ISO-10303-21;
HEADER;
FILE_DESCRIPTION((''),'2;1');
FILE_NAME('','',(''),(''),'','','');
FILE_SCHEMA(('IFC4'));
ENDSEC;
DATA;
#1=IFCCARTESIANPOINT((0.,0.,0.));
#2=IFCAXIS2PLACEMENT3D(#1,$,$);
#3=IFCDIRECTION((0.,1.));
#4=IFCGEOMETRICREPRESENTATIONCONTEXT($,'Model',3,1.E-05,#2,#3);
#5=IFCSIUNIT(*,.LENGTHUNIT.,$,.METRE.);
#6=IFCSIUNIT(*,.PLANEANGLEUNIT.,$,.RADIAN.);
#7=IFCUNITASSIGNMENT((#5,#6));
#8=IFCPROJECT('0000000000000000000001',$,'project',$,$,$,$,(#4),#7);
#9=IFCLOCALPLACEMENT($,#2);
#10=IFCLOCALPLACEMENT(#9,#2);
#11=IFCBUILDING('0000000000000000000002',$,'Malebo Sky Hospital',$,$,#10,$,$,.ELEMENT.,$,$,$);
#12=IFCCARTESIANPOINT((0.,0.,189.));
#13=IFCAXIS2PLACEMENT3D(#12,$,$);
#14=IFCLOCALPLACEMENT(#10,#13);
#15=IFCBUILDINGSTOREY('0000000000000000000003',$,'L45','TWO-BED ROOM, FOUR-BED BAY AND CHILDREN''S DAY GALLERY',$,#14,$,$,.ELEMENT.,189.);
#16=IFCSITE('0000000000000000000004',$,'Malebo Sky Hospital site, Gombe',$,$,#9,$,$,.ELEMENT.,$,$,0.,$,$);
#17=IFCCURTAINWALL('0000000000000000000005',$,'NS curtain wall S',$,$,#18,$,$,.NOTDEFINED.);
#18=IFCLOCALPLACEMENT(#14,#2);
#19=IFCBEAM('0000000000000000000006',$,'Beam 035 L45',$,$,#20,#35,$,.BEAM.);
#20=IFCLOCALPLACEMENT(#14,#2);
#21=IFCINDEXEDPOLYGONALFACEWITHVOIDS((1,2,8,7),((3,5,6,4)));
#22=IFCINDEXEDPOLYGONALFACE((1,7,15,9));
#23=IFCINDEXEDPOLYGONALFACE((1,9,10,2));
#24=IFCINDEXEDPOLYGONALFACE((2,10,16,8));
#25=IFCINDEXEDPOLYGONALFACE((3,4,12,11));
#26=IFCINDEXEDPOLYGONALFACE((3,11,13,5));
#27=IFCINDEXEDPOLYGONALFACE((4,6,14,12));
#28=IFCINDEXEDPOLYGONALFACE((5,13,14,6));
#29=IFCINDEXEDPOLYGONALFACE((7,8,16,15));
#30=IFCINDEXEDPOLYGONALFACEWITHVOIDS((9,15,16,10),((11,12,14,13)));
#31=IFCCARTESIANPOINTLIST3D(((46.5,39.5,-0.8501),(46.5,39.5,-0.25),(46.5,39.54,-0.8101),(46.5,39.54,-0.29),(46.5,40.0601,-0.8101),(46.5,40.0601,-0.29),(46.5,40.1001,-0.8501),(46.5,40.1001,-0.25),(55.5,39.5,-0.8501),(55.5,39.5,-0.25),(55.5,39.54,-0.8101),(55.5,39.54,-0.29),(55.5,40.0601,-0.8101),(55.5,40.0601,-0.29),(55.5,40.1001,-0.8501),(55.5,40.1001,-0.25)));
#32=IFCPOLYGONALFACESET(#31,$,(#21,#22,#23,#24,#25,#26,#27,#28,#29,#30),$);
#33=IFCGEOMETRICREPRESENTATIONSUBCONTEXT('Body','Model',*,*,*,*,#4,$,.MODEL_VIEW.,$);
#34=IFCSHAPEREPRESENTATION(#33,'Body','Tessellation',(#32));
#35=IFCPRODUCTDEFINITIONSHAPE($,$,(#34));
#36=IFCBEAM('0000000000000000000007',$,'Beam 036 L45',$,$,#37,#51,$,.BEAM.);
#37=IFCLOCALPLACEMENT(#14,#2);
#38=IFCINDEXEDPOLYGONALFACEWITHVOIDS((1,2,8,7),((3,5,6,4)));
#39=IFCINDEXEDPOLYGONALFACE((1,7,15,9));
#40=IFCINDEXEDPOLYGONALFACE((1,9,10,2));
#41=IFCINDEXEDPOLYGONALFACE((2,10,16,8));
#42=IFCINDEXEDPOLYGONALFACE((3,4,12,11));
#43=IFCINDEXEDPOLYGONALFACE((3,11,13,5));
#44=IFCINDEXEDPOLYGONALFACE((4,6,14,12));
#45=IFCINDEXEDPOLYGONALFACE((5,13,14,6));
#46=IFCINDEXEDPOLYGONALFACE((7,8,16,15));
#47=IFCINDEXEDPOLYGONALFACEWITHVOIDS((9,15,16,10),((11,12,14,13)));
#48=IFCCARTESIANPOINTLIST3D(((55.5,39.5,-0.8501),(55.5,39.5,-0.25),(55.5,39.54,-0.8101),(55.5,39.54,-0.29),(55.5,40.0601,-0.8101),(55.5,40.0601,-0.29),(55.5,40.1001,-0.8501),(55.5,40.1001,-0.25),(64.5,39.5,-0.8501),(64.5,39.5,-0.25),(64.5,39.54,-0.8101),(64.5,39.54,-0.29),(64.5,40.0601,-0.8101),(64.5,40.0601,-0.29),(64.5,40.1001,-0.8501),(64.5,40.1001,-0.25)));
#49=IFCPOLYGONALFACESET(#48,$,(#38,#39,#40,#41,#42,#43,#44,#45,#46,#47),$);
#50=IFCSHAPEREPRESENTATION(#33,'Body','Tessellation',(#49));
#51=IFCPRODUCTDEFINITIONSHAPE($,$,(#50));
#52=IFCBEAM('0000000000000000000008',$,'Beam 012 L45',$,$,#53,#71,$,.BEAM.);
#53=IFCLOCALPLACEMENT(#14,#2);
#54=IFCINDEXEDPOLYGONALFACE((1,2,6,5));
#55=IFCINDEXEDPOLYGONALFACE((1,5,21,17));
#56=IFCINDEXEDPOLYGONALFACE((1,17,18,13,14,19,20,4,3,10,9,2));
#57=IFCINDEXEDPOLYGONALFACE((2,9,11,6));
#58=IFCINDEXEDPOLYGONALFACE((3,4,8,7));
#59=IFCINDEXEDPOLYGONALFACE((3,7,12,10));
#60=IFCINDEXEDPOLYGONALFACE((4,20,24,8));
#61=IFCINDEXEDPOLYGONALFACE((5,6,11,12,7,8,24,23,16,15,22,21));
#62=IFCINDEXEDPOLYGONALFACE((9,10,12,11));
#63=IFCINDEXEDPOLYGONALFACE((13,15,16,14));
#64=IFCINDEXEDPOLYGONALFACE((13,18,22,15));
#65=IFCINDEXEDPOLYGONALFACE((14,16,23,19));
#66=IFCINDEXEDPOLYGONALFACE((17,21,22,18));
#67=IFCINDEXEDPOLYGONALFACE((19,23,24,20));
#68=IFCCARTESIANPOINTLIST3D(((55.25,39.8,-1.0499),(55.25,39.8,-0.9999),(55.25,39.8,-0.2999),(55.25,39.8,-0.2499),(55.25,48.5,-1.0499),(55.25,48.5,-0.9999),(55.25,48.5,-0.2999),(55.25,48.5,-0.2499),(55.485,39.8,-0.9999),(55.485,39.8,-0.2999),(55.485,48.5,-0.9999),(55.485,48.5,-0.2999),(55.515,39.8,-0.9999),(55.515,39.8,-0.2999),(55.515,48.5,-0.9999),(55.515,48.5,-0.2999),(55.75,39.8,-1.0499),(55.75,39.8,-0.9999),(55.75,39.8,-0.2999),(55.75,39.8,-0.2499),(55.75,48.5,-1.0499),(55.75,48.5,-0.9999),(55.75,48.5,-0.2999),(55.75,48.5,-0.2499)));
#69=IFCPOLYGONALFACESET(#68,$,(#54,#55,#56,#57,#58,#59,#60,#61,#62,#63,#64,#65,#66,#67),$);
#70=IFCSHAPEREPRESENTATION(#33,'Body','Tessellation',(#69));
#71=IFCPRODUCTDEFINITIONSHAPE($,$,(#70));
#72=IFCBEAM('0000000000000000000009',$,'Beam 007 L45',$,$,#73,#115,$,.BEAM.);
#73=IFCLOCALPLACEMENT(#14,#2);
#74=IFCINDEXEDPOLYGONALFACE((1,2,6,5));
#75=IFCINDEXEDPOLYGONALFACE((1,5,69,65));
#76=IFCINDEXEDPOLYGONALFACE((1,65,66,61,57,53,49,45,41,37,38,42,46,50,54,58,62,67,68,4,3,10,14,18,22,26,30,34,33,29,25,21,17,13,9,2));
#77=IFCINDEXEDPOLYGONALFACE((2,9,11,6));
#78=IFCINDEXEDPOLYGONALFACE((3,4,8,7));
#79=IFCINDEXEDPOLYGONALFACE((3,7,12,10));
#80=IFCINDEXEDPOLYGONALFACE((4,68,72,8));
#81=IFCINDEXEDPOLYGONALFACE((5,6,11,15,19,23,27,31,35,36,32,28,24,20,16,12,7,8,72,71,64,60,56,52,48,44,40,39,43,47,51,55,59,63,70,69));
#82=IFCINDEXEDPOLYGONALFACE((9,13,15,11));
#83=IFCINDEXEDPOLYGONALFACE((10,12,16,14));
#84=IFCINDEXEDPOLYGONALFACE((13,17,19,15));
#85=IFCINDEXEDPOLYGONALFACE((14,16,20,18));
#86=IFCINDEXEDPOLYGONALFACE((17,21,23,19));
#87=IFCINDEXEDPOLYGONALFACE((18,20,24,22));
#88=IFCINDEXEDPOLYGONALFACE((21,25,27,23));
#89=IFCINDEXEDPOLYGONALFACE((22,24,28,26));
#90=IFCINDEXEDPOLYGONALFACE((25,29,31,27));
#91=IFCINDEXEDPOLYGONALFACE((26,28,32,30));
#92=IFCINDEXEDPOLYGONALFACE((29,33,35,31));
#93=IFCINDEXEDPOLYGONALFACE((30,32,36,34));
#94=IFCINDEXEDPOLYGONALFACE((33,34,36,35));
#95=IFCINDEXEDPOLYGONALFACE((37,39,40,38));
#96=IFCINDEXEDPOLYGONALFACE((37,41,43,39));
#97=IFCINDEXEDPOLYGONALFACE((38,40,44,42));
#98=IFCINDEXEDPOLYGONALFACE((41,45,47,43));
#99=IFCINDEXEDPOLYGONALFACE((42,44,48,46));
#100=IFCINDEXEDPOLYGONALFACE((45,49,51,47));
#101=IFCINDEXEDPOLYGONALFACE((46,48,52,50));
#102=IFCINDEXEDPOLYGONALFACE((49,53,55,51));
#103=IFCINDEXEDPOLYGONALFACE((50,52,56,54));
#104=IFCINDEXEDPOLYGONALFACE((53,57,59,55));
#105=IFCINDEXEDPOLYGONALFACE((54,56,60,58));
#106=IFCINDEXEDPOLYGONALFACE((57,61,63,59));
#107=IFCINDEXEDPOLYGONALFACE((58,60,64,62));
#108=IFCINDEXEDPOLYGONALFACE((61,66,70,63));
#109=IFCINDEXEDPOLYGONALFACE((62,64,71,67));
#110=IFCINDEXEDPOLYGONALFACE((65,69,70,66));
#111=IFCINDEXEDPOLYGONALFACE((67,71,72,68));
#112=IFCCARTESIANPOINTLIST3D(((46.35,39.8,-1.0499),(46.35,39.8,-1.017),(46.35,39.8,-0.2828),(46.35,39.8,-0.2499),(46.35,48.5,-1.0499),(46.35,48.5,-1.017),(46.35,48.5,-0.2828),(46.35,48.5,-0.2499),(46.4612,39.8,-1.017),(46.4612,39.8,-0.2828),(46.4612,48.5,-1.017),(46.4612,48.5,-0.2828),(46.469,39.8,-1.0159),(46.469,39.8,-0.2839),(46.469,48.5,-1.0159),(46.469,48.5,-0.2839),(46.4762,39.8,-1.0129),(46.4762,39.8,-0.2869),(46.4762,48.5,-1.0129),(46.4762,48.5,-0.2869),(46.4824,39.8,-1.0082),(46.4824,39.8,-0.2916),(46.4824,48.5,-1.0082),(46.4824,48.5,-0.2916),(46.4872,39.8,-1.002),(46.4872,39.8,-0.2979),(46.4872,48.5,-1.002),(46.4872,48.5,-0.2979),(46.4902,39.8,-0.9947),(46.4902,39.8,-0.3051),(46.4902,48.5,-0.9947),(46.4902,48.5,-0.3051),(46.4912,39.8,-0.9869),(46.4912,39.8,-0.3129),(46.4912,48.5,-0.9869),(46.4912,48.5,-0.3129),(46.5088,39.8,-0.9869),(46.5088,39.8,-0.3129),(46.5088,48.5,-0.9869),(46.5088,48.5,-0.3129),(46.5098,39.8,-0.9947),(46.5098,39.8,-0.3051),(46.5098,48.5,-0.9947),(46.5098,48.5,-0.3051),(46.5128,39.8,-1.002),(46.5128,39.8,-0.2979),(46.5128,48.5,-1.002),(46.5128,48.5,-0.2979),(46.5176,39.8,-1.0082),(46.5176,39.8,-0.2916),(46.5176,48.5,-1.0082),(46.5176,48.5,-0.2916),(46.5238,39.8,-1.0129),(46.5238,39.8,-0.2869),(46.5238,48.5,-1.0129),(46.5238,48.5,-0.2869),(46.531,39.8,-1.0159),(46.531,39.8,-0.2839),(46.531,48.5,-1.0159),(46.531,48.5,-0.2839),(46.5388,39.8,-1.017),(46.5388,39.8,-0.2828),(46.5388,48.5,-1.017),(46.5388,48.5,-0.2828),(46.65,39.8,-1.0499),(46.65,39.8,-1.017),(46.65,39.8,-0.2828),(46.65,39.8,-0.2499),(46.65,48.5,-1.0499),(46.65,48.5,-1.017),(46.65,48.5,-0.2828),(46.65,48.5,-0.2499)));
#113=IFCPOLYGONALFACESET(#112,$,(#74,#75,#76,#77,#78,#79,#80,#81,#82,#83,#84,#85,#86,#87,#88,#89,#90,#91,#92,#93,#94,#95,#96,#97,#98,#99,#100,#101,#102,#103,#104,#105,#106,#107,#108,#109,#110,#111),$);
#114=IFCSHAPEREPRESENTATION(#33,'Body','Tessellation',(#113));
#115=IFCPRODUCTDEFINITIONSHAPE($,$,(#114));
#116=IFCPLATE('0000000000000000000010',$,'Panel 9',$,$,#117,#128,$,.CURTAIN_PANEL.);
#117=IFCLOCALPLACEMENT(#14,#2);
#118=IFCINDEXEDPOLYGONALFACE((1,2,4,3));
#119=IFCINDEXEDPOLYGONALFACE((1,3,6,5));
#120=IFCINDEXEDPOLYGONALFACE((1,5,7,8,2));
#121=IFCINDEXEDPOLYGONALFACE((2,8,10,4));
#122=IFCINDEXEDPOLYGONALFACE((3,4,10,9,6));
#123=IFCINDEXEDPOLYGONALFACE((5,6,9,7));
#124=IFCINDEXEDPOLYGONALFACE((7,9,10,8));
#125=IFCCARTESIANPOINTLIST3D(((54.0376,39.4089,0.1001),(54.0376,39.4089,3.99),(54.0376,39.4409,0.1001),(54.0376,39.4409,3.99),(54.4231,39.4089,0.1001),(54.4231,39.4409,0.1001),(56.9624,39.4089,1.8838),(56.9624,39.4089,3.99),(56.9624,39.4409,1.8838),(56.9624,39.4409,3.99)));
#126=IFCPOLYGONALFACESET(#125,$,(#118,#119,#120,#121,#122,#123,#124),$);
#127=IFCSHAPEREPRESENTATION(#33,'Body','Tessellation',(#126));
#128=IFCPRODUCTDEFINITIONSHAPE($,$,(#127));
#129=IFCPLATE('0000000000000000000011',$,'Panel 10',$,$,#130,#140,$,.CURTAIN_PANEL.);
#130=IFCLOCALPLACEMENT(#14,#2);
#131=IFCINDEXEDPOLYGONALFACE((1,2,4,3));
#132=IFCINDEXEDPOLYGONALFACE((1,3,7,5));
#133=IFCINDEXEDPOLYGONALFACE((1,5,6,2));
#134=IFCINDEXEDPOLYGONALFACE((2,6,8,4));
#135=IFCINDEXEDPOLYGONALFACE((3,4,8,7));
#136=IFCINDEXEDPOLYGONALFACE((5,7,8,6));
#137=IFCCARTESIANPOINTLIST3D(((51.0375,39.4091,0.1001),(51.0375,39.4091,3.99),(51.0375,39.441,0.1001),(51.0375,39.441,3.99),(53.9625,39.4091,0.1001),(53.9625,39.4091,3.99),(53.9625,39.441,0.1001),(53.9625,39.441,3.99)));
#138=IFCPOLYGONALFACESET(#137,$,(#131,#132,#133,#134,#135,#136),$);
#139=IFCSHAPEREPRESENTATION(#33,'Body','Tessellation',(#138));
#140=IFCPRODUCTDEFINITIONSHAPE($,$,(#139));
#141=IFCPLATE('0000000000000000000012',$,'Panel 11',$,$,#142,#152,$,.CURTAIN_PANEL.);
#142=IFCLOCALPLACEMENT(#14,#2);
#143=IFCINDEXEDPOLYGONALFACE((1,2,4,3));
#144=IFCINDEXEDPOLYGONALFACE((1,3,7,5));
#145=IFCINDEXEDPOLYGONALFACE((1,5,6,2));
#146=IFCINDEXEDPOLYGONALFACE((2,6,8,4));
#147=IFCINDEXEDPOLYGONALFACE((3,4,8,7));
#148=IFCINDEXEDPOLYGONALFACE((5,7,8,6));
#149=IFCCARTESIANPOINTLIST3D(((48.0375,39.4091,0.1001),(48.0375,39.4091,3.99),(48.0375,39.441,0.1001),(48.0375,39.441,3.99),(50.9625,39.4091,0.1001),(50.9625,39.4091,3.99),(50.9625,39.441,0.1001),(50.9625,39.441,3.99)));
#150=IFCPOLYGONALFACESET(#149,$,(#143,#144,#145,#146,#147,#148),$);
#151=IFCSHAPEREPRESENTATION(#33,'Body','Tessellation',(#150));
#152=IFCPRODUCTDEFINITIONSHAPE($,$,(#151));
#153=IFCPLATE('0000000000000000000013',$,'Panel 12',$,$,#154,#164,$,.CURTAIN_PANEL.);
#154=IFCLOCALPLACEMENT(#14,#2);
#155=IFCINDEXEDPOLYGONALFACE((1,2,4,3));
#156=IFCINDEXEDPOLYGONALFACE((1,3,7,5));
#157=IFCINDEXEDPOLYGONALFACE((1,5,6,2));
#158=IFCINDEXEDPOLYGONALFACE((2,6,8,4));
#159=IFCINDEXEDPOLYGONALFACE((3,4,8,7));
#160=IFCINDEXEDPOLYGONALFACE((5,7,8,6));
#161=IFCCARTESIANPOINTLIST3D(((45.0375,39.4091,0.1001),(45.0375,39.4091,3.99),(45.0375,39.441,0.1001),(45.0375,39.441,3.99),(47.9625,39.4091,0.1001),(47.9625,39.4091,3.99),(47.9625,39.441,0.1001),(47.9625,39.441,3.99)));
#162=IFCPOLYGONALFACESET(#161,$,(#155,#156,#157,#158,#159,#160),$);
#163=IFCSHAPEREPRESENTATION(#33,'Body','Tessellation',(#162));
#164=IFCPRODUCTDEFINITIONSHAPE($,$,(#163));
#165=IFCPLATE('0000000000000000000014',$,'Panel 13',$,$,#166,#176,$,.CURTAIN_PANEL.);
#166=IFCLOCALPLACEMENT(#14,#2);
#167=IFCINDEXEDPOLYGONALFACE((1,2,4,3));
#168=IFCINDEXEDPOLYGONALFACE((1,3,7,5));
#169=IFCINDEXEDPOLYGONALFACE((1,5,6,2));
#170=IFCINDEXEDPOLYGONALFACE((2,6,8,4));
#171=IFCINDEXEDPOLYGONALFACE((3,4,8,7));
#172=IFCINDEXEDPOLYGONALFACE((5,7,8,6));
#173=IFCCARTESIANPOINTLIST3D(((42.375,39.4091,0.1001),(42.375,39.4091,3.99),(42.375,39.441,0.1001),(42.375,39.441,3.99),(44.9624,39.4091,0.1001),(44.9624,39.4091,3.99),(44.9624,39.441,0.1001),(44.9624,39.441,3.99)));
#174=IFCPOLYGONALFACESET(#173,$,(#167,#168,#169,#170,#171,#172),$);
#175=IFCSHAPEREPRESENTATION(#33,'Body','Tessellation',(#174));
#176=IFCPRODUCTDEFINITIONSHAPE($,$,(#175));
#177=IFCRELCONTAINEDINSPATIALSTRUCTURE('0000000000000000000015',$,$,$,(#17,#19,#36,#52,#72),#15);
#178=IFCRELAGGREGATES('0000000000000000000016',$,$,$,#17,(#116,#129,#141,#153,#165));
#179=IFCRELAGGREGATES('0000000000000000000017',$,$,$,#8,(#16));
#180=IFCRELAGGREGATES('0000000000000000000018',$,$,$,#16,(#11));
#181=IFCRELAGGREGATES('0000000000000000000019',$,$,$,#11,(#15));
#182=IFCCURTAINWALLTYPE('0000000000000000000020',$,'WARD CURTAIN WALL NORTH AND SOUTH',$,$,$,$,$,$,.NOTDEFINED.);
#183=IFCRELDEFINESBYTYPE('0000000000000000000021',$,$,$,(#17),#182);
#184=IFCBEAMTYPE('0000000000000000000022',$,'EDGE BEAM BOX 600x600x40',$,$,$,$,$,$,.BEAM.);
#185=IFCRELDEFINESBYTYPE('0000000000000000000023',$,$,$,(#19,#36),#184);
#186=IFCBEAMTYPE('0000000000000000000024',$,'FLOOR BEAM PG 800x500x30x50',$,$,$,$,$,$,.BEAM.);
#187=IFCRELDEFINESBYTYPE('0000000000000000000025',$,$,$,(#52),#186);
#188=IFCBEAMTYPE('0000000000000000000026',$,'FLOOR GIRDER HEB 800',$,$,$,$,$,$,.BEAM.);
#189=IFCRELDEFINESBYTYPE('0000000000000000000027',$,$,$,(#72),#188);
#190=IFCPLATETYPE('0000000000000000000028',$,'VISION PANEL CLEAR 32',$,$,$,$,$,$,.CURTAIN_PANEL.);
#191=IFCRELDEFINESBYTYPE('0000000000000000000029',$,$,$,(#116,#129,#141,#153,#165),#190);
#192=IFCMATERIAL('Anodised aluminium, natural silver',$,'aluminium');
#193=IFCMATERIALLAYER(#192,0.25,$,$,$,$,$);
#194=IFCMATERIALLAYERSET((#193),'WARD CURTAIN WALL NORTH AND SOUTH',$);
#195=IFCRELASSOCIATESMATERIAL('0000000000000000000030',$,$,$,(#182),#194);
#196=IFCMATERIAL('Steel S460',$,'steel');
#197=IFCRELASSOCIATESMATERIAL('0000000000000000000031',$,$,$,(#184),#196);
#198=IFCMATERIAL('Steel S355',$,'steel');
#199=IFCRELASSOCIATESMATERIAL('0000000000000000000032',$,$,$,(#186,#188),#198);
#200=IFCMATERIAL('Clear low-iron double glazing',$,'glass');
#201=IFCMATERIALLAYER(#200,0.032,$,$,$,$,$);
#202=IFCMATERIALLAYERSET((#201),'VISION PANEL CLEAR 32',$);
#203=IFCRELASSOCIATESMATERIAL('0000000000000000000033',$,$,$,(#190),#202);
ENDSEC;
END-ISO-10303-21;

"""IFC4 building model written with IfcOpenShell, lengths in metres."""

from ifc_helpers import new_model, si_unit, direction, frame, origin, origin_2d, place, context, subcontext, project, spatial, polyline, rectangle, hollow_rectangle, i_section, outline, extrude, material, layer, layer_set, material_profile, profile_set, type_object, element, aggregate, save


model = new_model("IFC4")

# Units and contexts
model_context = context("Model", 3, precision=1e-05, world=origin(), true_north=direction((0.0, 1.0)))
body_context = subcontext(model_context, "Body", "Model", "MODEL_VIEW")
ifc_project = project(units=[si_unit("LENGTHUNIT", "METRE"), si_unit("PLANEANGLEUNIT", "RADIAN")], contexts=[model_context])

# Site, building, storey
site_placement = place(None, origin())
site = spatial("IfcSite", under=ifc_project, at=site_placement, Name="Malebo Sky Hospital site, Gombe", CompositionType="ELEMENT", RefElevation=0.0)
building_placement = place(site_placement, origin())
building = spatial("IfcBuilding", under=site, at=building_placement, Name="Malebo Sky Hospital", CompositionType="ELEMENT")
storey_placement = place(building_placement, frame((0.0, 0.0, 189.0)))
storey = spatial("IfcBuildingStorey", under=building, at=storey_placement, Name="L45", Description="TWO-BED ROOM, FOUR-BED BAY AND CHILDREN'S DAY GALLERY", CompositionType="ELEMENT", Elevation=189.0)

# Shared definitions
ifc_material_1 = material(Name="Steel S460", Category="steel")

# Curtain wall
ifc_material_2 = material(Name="Anodised aluminium, natural silver", Category="aluminium")
ifc_layer_1 = layer(ifc_material_2, 0.25)
ifc_layer_set_1 = layer_set([ifc_layer_1], Name="WARD CURTAIN WALL NORTH AND SOUTH")
curtain_wall_type = type_object("IfcCurtainWallType", Name="WARD CURTAIN WALL NORTH AND SOUTH", PredefinedType="NOTDEFINED", material=ifc_layer_set_1)
curtain_wall_placement = place(storey_placement, origin())
curtain_wall = element("IfcCurtainWall", 1, at=curtain_wall_placement, inside=storey, type_object=curtain_wall_type, Name="NS curtain wall S", PredefinedType="NOTDEFINED")

# Shared definitions
ifc_material_3 = material(Name="Steel S355", Category="steel")

# Beams
ifc_material_profile_1 = material_profile(ifc_material_1, hollow_rectangle(XDim=0.6001, YDim=0.6001, WallThickness=0.04, at=origin_2d()), Name="BOX 600x600x40")
ifc_profile_set_1 = profile_set([ifc_material_profile_1], Name="Steel S460")
beam_type_1 = type_object("IfcBeamType", Name="EDGE BEAM BOX 600x600x40", PredefinedType="BEAM", material=ifc_profile_set_1)
for number, where, z_axis, x_axis, name in (
    (2, (46.5, 39.8, -0.55), (1.0, 0.0, 0.0), (0.0, 1.0, 0.0), "Beam 035 L45"),
    (3, (55.5, 39.8, -0.55), (1.0, 0.0, 0.0), (0.0, 1.0, 0.0), "Beam 036 L45"),
):
    element("IfcBeam", number, at=place(storey_placement, frame(where, z_axis=z_axis, x_axis=x_axis)), inside=storey, type_object=beam_type_1, Name=name, PredefinedType="BEAM", context=body_context, shape_type="SweptSolid", body=[
        extrude(hollow_rectangle(XDim=0.6001, YDim=0.6001, WallThickness=0.04, at=origin_2d()), origin(), (0.0, 0.0, 1.0), 9.0),
    ])
ifc_material_profile_2 = material_profile(ifc_material_3, i_section(OverallWidth=0.5, OverallDepth=0.8, WebThickness=0.03, FlangeThickness=0.05, at=origin_2d()), Name="PG 800x500x30x50")
ifc_profile_set_2 = profile_set([ifc_material_profile_2], Name="Steel S355")
beam_type_2 = type_object("IfcBeamType", Name="FLOOR BEAM PG 800x500x30x50", PredefinedType="BEAM", material=ifc_profile_set_2)
beam_1_placement = place(storey_placement, frame((55.5, 39.8, -0.6499), z_axis=(0.0, 1.0, 0.0), x_axis=(-1.0, 0.0, 0.0)))
element("IfcBeam", 4, at=beam_1_placement, inside=storey, type_object=beam_type_2, Name="Beam 012 L45", PredefinedType="BEAM", context=body_context, shape_type="SweptSolid", body=[
    extrude(i_section(OverallWidth=0.5, OverallDepth=0.8, WebThickness=0.03, FlangeThickness=0.05, at=origin_2d()), origin(), (0.0, 0.0, 1.0), 8.7),
])
ifc_material_profile_3 = material_profile(ifc_material_3, i_section(OverallWidth=0.3, OverallDepth=0.8, WebThickness=0.0176, FlangeThickness=0.033, FilletRadius=0.03, at=origin_2d()), Name="HEB 800")
ifc_profile_set_3 = profile_set([ifc_material_profile_3], Name="Steel S355")
beam_type_3 = type_object("IfcBeamType", Name="FLOOR GIRDER HEB 800", PredefinedType="BEAM", material=ifc_profile_set_3)
beam_2_placement = place(storey_placement, frame((46.5, 39.8, -0.6499), z_axis=(0.0, 1.0, 0.0), x_axis=(-1.0, 0.0, 0.0)))
element("IfcBeam", 5, at=beam_2_placement, inside=storey, type_object=beam_type_3, Name="Beam 007 L45", PredefinedType="BEAM", context=body_context, shape_type="SweptSolid", body=[
    extrude(i_section(OverallWidth=0.3, OverallDepth=0.8, WebThickness=0.0176, FlangeThickness=0.033, FilletRadius=0.03, at=origin_2d()), origin(), (0.0, 0.0, 1.0), 8.7),
])

# Plates
ifc_material_4 = material(Name="Clear low-iron double glazing", Category="glass")
ifc_layer_2 = layer(ifc_material_4, 0.032)
ifc_layer_set_2 = layer_set([ifc_layer_2], Name="VISION PANEL CLEAR 32")
plate_type = type_object("IfcPlateType", Name="VISION PANEL CLEAR 32", PredefinedType="CURTAIN_PANEL", material=ifc_layer_set_2)
plate_1_placement = place(storey_placement, frame((55.5, 39.425, 0.1001), z_axis=(0.0, 0.0, 1.0), x_axis=(-1.0, 0.0, 0.0)))
plate_1 = element("IfcPlate", 6, at=plate_1_placement, type_object=plate_type, Name="Panel 9", PredefinedType="CURTAIN_PANEL", context=body_context, shape_type="SweptSolid", body=[
    extrude(outline(polyline([(1.0769, 0.0), (1.4624, 0.0), (1.4624, 3.8899), (-1.4624, 3.8899), (-1.4624, 1.7837), (1.0769, 0.0)])), frame((0.0, 0.0161, 0.0), z_axis=(0.0, -1.0, 0.0), x_axis=(1.0, 0.0, 0.0)), (0.0, 0.0, 1.0), 0.032),
])
plate_2_placement = place(storey_placement, frame((52.5, 39.425, 0.1001), z_axis=(0.0, 0.0, 1.0), x_axis=(-1.0, 0.0, 0.0)))
plate_2 = element("IfcPlate", 7, at=plate_2_placement, type_object=plate_type, Name="Panel 10", PredefinedType="CURTAIN_PANEL", context=body_context, shape_type="SweptSolid", body=[
    extrude(rectangle(XDim=2.925, YDim=0.032, at=origin_2d()), origin(), (0.0, 0.0, 1.0), 3.8899),
])
plate_3_placement = place(storey_placement, frame((49.5, 39.425, 0.1001), z_axis=(0.0, 0.0, 1.0), x_axis=(-1.0, 0.0, 0.0)))
plate_3 = element("IfcPlate", 8, at=plate_3_placement, type_object=plate_type, Name="Panel 11", PredefinedType="CURTAIN_PANEL", context=body_context, shape_type="SweptSolid", body=[
    extrude(rectangle(XDim=2.925, YDim=0.032, at=origin_2d()), origin(), (0.0, 0.0, 1.0), 3.8899),
])
plate_4_placement = place(storey_placement, frame((46.5, 39.425, 0.1001), z_axis=(0.0, 0.0, 1.0), x_axis=(-1.0, 0.0, 0.0)))
plate_4 = element("IfcPlate", 9, at=plate_4_placement, type_object=plate_type, Name="Panel 12", PredefinedType="CURTAIN_PANEL", context=body_context, shape_type="SweptSolid", body=[
    extrude(rectangle(XDim=2.925, YDim=0.032, at=origin_2d()), origin(), (0.0, 0.0, 1.0), 3.8899),
])
plate_5_placement = place(storey_placement, frame((43.6687, 39.425, 0.1001), z_axis=(0.0, 0.0, 1.0), x_axis=(-1.0, 0.0, 0.0)))
plate_5 = element("IfcPlate", 10, at=plate_5_placement, type_object=plate_type, Name="Panel 13", PredefinedType="CURTAIN_PANEL", context=body_context, shape_type="SweptSolid", body=[
    extrude(rectangle(XDim=2.5874, YDim=0.032, at=origin_2d()), origin(), (0.0, 0.0, 1.0), 3.8899),
])
aggregate(curtain_wall, [plate_1, plate_2, plate_3, plate_4, plate_5])

save(model, "model.ifc")
